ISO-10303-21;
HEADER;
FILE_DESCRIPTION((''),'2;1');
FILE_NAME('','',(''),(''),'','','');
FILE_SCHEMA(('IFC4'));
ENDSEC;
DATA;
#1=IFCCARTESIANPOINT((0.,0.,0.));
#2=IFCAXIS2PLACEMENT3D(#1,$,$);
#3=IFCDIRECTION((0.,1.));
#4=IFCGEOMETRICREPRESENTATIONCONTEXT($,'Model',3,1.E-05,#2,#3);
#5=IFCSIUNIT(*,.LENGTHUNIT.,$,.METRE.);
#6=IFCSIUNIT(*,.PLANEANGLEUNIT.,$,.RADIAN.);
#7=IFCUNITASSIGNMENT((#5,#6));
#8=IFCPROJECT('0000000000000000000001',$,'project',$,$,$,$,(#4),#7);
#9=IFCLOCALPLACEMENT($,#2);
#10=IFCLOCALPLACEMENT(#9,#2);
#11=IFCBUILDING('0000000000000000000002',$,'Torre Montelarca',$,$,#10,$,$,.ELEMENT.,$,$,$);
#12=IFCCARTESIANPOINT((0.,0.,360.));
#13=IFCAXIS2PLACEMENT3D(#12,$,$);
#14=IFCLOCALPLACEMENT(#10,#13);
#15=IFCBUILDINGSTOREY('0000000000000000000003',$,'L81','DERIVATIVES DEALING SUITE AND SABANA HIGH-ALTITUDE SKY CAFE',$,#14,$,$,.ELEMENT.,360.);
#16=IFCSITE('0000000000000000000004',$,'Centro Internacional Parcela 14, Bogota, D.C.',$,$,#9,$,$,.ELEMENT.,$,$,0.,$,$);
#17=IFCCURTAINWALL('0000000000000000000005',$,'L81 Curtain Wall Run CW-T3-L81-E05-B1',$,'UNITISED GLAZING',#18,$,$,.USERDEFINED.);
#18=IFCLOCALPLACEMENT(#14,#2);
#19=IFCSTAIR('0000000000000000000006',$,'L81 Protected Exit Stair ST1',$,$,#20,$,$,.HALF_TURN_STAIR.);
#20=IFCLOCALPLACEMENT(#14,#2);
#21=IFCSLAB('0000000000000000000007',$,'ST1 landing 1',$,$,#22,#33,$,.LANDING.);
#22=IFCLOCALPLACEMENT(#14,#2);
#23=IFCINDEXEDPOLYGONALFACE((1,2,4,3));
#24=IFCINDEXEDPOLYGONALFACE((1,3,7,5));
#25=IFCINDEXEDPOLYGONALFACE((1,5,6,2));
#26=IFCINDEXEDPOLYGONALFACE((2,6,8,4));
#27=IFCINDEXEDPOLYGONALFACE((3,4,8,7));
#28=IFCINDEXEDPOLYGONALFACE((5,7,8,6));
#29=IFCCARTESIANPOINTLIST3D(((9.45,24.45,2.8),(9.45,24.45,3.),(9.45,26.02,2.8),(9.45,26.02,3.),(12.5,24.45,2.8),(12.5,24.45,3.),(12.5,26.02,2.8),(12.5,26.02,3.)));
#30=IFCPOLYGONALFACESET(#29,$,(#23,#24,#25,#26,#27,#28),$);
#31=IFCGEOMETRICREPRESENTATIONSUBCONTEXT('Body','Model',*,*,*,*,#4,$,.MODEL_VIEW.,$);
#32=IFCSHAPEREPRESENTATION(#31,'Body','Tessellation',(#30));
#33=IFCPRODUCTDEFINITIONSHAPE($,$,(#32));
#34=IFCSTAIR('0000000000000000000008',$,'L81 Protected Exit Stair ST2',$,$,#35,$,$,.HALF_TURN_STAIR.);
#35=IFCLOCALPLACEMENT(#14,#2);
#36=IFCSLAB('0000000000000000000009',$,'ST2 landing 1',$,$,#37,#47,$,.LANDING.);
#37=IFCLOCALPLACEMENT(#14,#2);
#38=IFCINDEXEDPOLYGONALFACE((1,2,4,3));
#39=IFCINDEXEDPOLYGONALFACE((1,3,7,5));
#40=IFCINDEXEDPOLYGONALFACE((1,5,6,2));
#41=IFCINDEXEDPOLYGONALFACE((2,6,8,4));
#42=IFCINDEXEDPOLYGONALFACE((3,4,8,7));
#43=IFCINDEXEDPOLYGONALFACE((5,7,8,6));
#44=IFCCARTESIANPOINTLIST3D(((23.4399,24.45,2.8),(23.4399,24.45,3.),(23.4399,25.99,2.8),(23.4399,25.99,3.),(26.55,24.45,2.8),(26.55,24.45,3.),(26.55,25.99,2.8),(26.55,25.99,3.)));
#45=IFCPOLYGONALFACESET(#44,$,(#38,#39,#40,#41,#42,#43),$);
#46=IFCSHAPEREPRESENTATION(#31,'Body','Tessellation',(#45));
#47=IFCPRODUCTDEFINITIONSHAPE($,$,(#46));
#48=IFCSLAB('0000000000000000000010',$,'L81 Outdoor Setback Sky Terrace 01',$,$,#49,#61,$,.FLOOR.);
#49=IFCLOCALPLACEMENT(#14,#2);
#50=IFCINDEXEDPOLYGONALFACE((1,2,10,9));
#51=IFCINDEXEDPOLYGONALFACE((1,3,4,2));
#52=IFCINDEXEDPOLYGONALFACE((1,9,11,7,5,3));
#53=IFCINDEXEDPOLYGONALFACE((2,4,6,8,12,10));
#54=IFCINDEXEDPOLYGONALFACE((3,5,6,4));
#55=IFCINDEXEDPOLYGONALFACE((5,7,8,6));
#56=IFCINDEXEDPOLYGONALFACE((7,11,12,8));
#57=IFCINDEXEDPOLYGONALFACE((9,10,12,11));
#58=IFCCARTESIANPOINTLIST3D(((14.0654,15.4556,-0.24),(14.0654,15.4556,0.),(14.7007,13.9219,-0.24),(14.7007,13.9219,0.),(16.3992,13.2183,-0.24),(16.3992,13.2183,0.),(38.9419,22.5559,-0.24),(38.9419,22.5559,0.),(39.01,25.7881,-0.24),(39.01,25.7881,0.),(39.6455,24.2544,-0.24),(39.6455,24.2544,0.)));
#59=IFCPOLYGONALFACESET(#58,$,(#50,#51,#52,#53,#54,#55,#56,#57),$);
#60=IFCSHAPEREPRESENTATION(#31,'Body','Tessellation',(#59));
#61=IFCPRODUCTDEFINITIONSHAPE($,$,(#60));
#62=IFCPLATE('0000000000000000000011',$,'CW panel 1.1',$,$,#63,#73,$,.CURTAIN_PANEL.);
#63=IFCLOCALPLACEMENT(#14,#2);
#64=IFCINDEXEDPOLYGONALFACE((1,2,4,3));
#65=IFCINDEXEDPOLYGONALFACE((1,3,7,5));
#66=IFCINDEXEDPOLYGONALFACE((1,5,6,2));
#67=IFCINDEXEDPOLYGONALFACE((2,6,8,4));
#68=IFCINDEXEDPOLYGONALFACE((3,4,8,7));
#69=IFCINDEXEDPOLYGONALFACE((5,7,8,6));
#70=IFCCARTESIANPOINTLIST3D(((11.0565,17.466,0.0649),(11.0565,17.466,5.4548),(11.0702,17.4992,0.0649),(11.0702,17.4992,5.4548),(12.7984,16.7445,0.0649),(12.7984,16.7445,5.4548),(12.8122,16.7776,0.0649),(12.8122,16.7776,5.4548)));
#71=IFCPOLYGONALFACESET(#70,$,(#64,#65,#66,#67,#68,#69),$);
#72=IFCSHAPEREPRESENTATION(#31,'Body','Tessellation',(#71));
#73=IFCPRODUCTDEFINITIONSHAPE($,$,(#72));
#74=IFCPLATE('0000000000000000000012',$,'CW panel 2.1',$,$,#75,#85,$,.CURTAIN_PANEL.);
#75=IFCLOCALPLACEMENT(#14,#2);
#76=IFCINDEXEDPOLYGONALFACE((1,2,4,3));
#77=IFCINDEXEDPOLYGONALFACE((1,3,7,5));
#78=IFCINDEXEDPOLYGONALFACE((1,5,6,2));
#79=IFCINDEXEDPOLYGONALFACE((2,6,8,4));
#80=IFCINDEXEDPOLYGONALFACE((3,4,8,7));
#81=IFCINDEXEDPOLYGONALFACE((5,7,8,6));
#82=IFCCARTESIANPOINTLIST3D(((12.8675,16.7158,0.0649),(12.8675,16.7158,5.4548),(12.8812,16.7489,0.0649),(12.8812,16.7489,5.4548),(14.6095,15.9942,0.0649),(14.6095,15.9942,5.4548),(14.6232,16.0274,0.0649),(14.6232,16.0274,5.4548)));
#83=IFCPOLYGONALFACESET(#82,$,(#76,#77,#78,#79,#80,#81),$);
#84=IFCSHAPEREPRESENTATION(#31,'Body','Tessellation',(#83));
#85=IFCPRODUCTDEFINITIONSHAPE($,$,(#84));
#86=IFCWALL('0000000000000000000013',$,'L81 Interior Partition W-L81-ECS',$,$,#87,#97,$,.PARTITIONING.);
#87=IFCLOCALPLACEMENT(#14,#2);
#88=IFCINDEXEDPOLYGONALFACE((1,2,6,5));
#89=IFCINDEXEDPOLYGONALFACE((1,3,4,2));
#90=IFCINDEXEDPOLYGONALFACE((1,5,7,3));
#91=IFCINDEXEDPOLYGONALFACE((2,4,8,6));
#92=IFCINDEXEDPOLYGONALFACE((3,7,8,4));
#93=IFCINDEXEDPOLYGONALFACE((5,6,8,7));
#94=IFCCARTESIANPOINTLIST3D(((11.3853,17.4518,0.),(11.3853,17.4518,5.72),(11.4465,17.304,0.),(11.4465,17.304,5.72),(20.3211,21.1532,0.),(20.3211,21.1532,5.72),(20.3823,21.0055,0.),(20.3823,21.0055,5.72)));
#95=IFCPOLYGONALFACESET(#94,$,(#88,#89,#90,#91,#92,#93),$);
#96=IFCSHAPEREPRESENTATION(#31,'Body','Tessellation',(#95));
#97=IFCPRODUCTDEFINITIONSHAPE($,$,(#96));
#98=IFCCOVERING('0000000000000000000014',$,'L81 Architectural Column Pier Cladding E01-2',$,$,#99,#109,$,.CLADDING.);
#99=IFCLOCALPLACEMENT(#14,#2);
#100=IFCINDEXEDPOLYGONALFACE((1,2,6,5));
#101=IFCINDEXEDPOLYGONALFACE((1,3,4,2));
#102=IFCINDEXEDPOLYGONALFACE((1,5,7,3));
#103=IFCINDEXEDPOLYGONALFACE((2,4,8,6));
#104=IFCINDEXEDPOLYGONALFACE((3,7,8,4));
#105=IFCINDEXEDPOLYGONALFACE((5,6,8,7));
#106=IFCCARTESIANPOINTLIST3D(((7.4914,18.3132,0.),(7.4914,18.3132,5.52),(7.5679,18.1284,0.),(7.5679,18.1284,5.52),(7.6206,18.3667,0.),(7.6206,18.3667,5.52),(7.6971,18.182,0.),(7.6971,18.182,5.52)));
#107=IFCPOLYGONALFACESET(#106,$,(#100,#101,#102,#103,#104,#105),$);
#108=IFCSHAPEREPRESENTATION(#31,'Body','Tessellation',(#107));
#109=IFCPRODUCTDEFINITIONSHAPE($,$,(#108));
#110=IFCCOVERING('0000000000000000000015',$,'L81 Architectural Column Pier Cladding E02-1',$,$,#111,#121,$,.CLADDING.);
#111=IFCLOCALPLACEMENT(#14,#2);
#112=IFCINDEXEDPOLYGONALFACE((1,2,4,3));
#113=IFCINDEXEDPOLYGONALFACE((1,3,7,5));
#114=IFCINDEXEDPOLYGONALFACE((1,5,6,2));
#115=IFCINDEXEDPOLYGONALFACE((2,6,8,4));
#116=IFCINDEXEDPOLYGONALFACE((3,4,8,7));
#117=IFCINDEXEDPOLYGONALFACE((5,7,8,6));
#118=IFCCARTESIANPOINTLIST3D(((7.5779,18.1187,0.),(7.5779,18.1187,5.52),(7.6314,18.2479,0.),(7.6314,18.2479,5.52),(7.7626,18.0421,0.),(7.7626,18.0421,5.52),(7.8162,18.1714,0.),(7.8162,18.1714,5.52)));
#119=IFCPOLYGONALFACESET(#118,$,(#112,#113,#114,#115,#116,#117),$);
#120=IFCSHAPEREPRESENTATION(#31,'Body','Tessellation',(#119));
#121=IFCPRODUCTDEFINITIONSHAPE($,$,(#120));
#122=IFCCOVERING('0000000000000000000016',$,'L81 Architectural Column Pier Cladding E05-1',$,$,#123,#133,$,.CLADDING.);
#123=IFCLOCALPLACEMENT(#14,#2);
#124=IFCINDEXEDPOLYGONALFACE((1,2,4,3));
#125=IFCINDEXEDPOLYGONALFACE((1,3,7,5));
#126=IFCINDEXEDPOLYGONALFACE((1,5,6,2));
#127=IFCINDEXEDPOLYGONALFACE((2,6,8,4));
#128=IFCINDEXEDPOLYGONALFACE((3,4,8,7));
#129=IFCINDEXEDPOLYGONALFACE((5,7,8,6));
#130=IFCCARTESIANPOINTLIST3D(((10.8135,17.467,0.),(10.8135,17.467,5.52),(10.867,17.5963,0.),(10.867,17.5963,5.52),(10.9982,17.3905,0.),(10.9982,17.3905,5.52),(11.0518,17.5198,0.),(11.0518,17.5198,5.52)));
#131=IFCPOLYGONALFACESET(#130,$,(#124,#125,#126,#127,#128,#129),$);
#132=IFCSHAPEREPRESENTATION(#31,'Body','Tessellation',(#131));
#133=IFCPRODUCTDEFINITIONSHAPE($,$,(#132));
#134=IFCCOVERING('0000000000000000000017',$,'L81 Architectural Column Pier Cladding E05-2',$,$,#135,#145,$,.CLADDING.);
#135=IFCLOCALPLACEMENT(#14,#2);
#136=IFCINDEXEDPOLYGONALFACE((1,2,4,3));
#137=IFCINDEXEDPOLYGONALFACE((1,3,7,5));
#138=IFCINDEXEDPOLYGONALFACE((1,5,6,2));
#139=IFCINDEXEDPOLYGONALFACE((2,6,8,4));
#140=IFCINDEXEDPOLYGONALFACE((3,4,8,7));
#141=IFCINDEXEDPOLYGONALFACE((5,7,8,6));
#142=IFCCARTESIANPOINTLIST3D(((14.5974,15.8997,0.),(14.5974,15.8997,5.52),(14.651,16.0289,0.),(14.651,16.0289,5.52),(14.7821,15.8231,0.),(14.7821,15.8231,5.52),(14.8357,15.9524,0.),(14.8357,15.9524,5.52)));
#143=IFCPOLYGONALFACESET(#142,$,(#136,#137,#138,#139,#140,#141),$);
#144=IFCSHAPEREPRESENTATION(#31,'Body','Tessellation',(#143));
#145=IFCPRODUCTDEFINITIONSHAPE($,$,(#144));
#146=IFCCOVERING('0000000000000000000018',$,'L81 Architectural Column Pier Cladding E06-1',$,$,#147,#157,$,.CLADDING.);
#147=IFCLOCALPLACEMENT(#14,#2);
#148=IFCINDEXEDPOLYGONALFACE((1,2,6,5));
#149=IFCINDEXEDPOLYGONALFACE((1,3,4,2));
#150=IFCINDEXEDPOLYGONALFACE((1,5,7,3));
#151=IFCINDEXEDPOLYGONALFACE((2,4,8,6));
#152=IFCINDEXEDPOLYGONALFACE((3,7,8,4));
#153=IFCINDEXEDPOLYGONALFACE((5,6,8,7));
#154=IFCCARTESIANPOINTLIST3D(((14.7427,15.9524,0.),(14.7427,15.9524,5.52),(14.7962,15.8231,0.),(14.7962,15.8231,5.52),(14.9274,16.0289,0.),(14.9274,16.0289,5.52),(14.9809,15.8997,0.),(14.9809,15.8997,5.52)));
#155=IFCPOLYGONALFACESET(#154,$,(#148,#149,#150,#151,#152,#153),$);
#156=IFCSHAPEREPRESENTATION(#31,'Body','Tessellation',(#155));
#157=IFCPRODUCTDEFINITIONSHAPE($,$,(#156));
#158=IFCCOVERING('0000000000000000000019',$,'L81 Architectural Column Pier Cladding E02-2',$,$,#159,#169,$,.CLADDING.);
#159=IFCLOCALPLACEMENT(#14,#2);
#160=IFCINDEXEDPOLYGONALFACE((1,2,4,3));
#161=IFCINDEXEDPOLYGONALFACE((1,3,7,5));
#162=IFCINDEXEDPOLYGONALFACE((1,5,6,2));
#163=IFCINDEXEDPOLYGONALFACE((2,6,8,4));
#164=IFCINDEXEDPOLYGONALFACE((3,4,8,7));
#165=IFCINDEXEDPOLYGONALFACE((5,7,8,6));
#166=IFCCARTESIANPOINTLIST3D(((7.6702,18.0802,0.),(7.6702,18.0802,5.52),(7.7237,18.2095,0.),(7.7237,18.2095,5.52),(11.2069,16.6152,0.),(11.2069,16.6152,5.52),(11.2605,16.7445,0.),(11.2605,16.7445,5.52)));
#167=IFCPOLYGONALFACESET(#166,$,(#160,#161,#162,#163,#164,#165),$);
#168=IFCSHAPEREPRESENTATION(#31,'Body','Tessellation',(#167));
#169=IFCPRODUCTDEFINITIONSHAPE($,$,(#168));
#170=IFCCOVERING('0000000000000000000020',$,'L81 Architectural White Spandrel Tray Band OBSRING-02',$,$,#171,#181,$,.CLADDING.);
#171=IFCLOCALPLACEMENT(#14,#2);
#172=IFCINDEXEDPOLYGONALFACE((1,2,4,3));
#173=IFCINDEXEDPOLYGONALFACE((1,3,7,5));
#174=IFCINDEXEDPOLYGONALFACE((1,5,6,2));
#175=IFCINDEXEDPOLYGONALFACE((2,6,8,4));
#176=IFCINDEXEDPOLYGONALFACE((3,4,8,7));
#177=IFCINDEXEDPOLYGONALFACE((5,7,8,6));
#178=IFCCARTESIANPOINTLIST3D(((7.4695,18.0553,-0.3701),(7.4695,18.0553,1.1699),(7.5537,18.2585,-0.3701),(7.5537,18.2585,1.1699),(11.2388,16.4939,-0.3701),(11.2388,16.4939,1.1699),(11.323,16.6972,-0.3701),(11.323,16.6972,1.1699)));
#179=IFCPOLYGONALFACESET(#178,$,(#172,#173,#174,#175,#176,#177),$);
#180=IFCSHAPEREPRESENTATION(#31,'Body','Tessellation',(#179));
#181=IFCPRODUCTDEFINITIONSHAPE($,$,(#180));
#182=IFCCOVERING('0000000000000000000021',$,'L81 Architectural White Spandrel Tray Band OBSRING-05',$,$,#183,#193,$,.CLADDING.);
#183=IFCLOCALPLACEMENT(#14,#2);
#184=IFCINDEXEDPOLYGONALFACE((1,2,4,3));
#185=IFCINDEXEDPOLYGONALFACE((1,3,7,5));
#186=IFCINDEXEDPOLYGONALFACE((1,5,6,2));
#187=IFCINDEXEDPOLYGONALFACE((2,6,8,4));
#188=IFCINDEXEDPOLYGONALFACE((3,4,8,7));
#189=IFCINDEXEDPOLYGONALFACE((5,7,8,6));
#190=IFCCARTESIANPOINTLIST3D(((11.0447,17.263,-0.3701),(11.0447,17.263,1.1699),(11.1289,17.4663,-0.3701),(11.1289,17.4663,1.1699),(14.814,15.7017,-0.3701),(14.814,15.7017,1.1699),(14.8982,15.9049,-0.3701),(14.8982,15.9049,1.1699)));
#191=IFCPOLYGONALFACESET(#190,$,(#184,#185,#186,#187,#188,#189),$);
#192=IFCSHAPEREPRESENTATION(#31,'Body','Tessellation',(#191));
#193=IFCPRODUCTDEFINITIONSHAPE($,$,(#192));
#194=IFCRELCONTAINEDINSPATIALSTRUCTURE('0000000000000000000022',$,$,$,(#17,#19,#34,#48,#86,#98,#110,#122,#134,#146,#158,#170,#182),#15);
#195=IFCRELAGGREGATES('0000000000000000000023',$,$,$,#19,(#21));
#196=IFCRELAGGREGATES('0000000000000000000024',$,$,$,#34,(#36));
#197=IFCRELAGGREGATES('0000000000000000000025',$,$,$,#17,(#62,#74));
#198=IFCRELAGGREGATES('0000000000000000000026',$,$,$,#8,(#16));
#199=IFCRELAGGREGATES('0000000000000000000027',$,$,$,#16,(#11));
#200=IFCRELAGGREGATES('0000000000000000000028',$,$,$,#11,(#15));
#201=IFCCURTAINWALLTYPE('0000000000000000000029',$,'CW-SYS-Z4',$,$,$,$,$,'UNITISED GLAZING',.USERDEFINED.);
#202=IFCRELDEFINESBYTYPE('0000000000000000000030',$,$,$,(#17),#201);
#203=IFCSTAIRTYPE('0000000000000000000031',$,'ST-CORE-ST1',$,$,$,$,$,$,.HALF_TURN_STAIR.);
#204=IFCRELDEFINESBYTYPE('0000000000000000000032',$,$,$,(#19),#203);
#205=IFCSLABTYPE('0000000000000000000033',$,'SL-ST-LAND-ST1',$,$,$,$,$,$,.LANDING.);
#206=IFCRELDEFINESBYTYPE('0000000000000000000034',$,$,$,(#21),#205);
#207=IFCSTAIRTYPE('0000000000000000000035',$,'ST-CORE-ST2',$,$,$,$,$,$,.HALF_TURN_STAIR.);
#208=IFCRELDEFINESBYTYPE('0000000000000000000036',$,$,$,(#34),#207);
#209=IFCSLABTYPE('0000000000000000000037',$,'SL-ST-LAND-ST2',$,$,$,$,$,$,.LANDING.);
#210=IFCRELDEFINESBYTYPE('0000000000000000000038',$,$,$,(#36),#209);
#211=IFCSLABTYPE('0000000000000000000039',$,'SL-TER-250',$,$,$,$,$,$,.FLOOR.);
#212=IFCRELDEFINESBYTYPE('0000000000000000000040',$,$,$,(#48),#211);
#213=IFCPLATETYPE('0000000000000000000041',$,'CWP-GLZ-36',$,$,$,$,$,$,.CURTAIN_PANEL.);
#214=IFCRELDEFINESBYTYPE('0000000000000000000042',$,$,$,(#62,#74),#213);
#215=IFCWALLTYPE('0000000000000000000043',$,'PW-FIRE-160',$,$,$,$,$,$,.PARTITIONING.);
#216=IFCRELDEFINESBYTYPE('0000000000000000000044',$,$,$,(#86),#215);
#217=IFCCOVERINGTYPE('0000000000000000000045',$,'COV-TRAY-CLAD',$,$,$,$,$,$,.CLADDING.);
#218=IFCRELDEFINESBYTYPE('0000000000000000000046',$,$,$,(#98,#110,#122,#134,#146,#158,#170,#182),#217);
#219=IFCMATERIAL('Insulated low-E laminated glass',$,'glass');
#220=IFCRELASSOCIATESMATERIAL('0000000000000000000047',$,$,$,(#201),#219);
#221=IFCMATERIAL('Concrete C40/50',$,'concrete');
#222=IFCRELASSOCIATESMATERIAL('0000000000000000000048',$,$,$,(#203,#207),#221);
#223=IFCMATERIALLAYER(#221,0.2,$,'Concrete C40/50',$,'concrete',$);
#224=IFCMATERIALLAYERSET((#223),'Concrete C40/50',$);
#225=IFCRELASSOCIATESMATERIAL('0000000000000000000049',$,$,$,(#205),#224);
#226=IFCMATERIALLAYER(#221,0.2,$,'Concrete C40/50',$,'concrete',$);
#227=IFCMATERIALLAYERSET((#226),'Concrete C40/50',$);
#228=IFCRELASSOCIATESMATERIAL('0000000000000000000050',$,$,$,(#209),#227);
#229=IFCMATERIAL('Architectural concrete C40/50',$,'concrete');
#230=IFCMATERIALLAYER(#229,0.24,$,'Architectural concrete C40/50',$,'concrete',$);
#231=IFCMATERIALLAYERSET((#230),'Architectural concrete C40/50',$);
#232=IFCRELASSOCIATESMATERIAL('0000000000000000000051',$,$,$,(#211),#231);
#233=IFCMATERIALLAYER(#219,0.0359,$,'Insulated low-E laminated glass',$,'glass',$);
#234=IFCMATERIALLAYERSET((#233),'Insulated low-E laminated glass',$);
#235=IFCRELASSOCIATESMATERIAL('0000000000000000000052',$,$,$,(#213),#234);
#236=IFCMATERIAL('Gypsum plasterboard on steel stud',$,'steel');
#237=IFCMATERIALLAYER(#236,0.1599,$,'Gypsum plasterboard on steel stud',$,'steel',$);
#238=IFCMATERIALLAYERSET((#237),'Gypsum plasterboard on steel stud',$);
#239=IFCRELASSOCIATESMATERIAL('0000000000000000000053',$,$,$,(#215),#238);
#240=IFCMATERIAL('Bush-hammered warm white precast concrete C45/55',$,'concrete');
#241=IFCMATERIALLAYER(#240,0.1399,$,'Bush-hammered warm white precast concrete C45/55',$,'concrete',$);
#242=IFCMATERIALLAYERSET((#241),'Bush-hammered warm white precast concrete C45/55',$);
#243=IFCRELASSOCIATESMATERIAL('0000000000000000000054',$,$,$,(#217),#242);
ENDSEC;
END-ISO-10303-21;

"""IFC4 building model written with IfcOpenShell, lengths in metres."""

from ifc_helpers import new_model, si_unit, direction, frame, frame_2d, origin, origin_2d, place, context, subcontext, project, spatial, polyline, rectangle, outline, extrude, source, transform, mapped, material, layer, layer_set, type_object, element, aggregate, save


model = new_model("IFC4")

# Units and contexts
model_context = context("Model", 3, precision=1e-05, world=origin(), true_north=direction((0.0, 1.0)))
body_context = subcontext(model_context, "Body", "Model", "MODEL_VIEW")
ifc_project = project(units=[si_unit("LENGTHUNIT", "METRE"), si_unit("PLANEANGLEUNIT", "RADIAN")], contexts=[model_context])

# Site, building, storey
site_placement = place(None, origin())
site = spatial("IfcSite", under=ifc_project, at=site_placement, Name="Centro Internacional Parcela 14, Bogota, D.C.", CompositionType="ELEMENT", RefElevation=0.0)
building_placement = place(site_placement, origin())
building = spatial("IfcBuilding", under=site, at=building_placement, Name="Torre Montelarca", CompositionType="ELEMENT")
storey_placement = place(building_placement, frame((0.0, 0.0, 360.0)))
storey = spatial("IfcBuildingStorey", under=building, at=storey_placement, Name="L81", Description="DERIVATIVES DEALING SUITE AND SABANA HIGH-ALTITUDE SKY CAFE", CompositionType="ELEMENT", Elevation=360.0)

# Curtain wall
ifc_material_1 = material(Name="Insulated low-E laminated glass", Category="glass")
curtain_wall_type = type_object("IfcCurtainWallType", Name="CW-SYS-Z4", ElementType="UNITISED GLAZING", PredefinedType="USERDEFINED", material=ifc_material_1)
curtain_wall_1_placement = place(storey_placement, origin())
curtain_wall_1 = element("IfcCurtainWall", 1, at=curtain_wall_1_placement, inside=storey, type_object=curtain_wall_type, Name="L81 Curtain Wall Run CW-T3-L81-E05-B1", ObjectType="UNITISED GLAZING", PredefinedType="USERDEFINED")

# Shared definitions
ifc_material_2 = material(Name="Concrete C40/50", Category="concrete")

# Stairs, slabs
stair_type_1 = type_object("IfcStairType", Name="ST-CORE-ST1", PredefinedType="HALF_TURN_STAIR", material=ifc_material_2)
stair_1_placement = place(storey_placement, origin())
stair_1 = element("IfcStair", 2, at=stair_1_placement, inside=storey, type_object=stair_type_1, Name="L81 Protected Exit Stair ST1", PredefinedType="HALF_TURN_STAIR")
ifc_layer_1 = layer(ifc_material_2, 0.2, Name="Concrete C40/50", Category="concrete")
ifc_layer_set_1 = layer_set([ifc_layer_1], Name="Concrete C40/50")
slab_type_1 = type_object("IfcSlabType", Name="SL-ST-LAND-ST1", PredefinedType="LANDING", material=ifc_layer_set_1)
slab_1_placement = place(storey_placement, frame((0.0, 0.0, 2.8)))
slab_1 = element("IfcSlab", 3, at=slab_1_placement, type_object=slab_type_1, Name="ST1 landing 1", PredefinedType="LANDING", context=body_context, shape_type="SweptSolid", body=[
    extrude(outline(polyline([(9.45, 26.02), (9.45, 24.45), (12.5, 24.45), (12.5, 26.02), (9.45, 26.02)])), origin(), (0.0, 0.0, 1.0), 0.2),
])
aggregate(stair_1, [slab_1])
stair_type_2 = type_object("IfcStairType", Name="ST-CORE-ST2", PredefinedType="HALF_TURN_STAIR", material=ifc_material_2)
stair_2_placement = place(storey_placement, origin())
stair_2 = element("IfcStair", 4, at=stair_2_placement, inside=storey, type_object=stair_type_2, Name="L81 Protected Exit Stair ST2", PredefinedType="HALF_TURN_STAIR")
ifc_layer_2 = layer(ifc_material_2, 0.2, Name="Concrete C40/50", Category="concrete")
ifc_layer_set_2 = layer_set([ifc_layer_2], Name="Concrete C40/50")
slab_type_2 = type_object("IfcSlabType", Name="SL-ST-LAND-ST2", PredefinedType="LANDING", material=ifc_layer_set_2)
slab_2_placement = place(storey_placement, frame((0.0, 0.0, 2.8)))
slab_2 = element("IfcSlab", 5, at=slab_2_placement, type_object=slab_type_2, Name="ST2 landing 1", PredefinedType="LANDING", context=body_context, shape_type="SweptSolid", body=[
    extrude(outline(polyline([(23.4399, 25.99), (23.4399, 24.45), (26.55, 24.45), (26.55, 25.99), (23.4399, 25.99)])), origin(), (0.0, 0.0, 1.0), 0.2),
])
aggregate(stair_2, [slab_2])

# Slab
ifc_material_3 = material(Name="Architectural concrete C40/50", Category="concrete")
ifc_layer_3 = layer(ifc_material_3, 0.24, Name="Architectural concrete C40/50", Category="concrete")
ifc_layer_set_3 = layer_set([ifc_layer_3], Name="Architectural concrete C40/50")
slab_type_3 = type_object("IfcSlabType", Name="SL-TER-250", PredefinedType="FLOOR", material=ifc_layer_set_3)
slab_3_placement = place(storey_placement, frame((0.0, 0.0, -0.24)))
element("IfcSlab", 6, at=slab_3_placement, inside=storey, type_object=slab_type_3, Name="L81 Outdoor Setback Sky Terrace 01", PredefinedType="FLOOR", context=body_context, shape_type="SweptSolid", body=[
    extrude(outline(polyline([(14.0654, 15.4556), (14.7007, 13.9219), (16.3992, 13.2183), (38.9419, 22.5559), (39.6455, 24.2544), (39.01, 25.7881), (14.0654, 15.4556)])), origin(), (0.0, 0.0, 1.0), 0.24),
])

# Plates
ifc_layer_4 = layer(ifc_material_1, 0.0359, Name="Insulated low-E laminated glass", Category="glass")
ifc_layer_set_4 = layer_set([ifc_layer_4], Name="Insulated low-E laminated glass")
plate_type = type_object("IfcPlateType", Name="CWP-GLZ-36", PredefinedType="CURTAIN_PANEL", material=ifc_layer_set_4)
shared_shape_1 = source(origin(), body_context, "Body", "SweptSolid", [
    extrude(rectangle(XDim=1.8855, YDim=0.0359, at=origin_2d()), origin(), (0.0, 0.0, 1.0), 5.3899),
])
plate_1_placement = place(storey_placement, frame((11.9343, 17.1218, 0.0649), z_axis=(0.0, 0.0, 1.0), x_axis=(0.92388, -0.382681, 0.0)))
plate_1 = element("IfcPlate", 7, at=plate_1_placement, type_object=plate_type, Name="CW panel 1.1", PredefinedType="CURTAIN_PANEL", context=body_context, shape_type="MappedRepresentation", body=[
    mapped(shared_shape_1, transform((0.0, 0.0, 0.0), scale=1.0)),
])
plate_2_placement = place(storey_placement, frame((13.7454, 16.3716, 0.0649), z_axis=(0.0, 0.0, 1.0), x_axis=(0.92388, -0.382681, 0.0)))
plate_2 = element("IfcPlate", 8, at=plate_2_placement, type_object=plate_type, Name="CW panel 2.1", PredefinedType="CURTAIN_PANEL", context=body_context, shape_type="MappedRepresentation", body=[
    mapped(shared_shape_1, transform((0.0, 0.0, 0.0), scale=1.0)),
])
aggregate(curtain_wall_1, [plate_1, plate_2])

# Wall
ifc_material_4 = material(Name="Gypsum plasterboard on steel stud", Category="steel")
ifc_layer_5 = layer(ifc_material_4, 0.1599, Name="Gypsum plasterboard on steel stud", Category="steel")
ifc_layer_set_5 = layer_set([ifc_layer_5], Name="Gypsum plasterboard on steel stud")
wall_type = type_object("IfcWallType", Name="PW-FIRE-160", PredefinedType="PARTITIONING", material=ifc_layer_set_5)
wall_placement = place(storey_placement, frame((11.416, 17.3779, 0.0), z_axis=(0.0, 0.0, 1.0), x_axis=(0.923876, 0.382691, 0.0)))
element("IfcWall", 9, at=wall_placement, inside=storey, type_object=wall_type, Name="L81 Interior Partition W-L81-ECS", PredefinedType="PARTITIONING", context=body_context, shape_type="SweptSolid", body=[
    extrude(rectangle(XDim=9.6721, YDim=0.1599, at=frame_2d((4.8359, 0.0))), origin(), (0.0, 0.0, 1.0), 5.72),
])

# Coverings
ifc_material_5 = material(Name="Bush-hammered warm white precast concrete C45/55", Category="concrete")
ifc_layer_6 = layer(ifc_material_5, 0.1399, Name="Bush-hammered warm white precast concrete C45/55", Category="concrete")
ifc_layer_set_6 = layer_set([ifc_layer_6], Name="Bush-hammered warm white precast concrete C45/55")
covering_type = type_object("IfcCoveringType", Name="COV-TRAY-CLAD", PredefinedType="CLADDING", material=ifc_layer_set_6)
shared_shape_2 = source(origin(), body_context, "Body", "SweptSolid", [
    extrude(rectangle(XDim=0.2, YDim=0.1399, at=origin_2d()), origin(), (0.0, 0.0, 1.0), 5.52),
])
for number, where, z_axis, x_axis, name in (
    (10, (7.5942, 18.2476, 0.0), (0.0, 0.0, 1.0), (0.382683, -0.92388, 0.0), "L81 Architectural Column Pier Cladding E01-2"),
    (11, (7.697, 18.145, 0.0), (0.0, 0.0, 1.0), (0.923875, -0.382695, 0.0), "L81 Architectural Column Pier Cladding E02-1"),
    (12, (10.9326, 17.4934, 0.0), (0.0, 0.0, 1.0), (0.923876, -0.382691, 0.0), "L81 Architectural Column Pier Cladding E05-1"),
    (13, (14.7166, 15.926, 0.0), (0.0, 0.0, 1.0), (0.923876, -0.382691, 0.0), "L81 Architectural Column Pier Cladding E05-2"),
    (14, (14.8618, 15.926, 0.0), (0.0, 0.0, 1.0), (0.923878, 0.382687, 0.0), "L81 Architectural Column Pier Cladding E06-1"),
):
    element("IfcCovering", number, at=place(storey_placement, frame(where, z_axis=z_axis, x_axis=x_axis)), inside=storey, type_object=covering_type, Name=name, PredefinedType="CLADDING", context=body_context, shape_type="MappedRepresentation", body=[
        mapped(shared_shape_2, transform((0.0, 0.0, 0.0), scale=1.0)),
    ])
shared_shape_3 = source(origin(), body_context, "Body", "SweptSolid", [
    extrude(rectangle(XDim=3.8281, YDim=0.1399, at=origin_2d()), origin(), (0.0, 0.0, 1.0), 5.52),
])
covering_1_placement = place(storey_placement, frame((9.4653, 17.4124, 0.0), z_axis=(0.0, 0.0, 1.0), x_axis=(0.923875, -0.382695, 0.0)))
element("IfcCovering", 15, at=covering_1_placement, inside=storey, type_object=covering_type, Name="L81 Architectural Column Pier Cladding E02-2", PredefinedType="CLADDING", context=body_context, shape_type="MappedRepresentation", body=[
    mapped(shared_shape_3, transform((0.0, 0.0, 0.0), scale=1.0)),
])
shared_shape_4 = source(origin(), body_context, "Body", "SweptSolid", [
    extrude(rectangle(XDim=4.0798, YDim=0.22, at=origin_2d()), origin(), (0.0, 0.0, 1.0), 1.54),
])
for number, where, z_axis, x_axis, name in (
    (16, (9.3962, 17.3762, -0.3701), (0.0, 0.0, 1.0), (0.923876, -0.382691, 0.0), "L81 Architectural White Spandrel Tray Band OBSRING-02"),
    (17, (12.9714, 16.584, -0.3701), (0.0, 0.0, 1.0), (0.923876, -0.382691, 0.0), "L81 Architectural White Spandrel Tray Band OBSRING-05"),
):
    element("IfcCovering", number, at=place(storey_placement, frame(where, z_axis=z_axis, x_axis=x_axis)), inside=storey, type_object=covering_type, Name=name, PredefinedType="CLADDING", context=body_context, shape_type="MappedRepresentation", body=[
        mapped(shared_shape_4, transform((0.0, 0.0, 0.0), scale=1.0)),
    ])

save(model, "model.ifc")
